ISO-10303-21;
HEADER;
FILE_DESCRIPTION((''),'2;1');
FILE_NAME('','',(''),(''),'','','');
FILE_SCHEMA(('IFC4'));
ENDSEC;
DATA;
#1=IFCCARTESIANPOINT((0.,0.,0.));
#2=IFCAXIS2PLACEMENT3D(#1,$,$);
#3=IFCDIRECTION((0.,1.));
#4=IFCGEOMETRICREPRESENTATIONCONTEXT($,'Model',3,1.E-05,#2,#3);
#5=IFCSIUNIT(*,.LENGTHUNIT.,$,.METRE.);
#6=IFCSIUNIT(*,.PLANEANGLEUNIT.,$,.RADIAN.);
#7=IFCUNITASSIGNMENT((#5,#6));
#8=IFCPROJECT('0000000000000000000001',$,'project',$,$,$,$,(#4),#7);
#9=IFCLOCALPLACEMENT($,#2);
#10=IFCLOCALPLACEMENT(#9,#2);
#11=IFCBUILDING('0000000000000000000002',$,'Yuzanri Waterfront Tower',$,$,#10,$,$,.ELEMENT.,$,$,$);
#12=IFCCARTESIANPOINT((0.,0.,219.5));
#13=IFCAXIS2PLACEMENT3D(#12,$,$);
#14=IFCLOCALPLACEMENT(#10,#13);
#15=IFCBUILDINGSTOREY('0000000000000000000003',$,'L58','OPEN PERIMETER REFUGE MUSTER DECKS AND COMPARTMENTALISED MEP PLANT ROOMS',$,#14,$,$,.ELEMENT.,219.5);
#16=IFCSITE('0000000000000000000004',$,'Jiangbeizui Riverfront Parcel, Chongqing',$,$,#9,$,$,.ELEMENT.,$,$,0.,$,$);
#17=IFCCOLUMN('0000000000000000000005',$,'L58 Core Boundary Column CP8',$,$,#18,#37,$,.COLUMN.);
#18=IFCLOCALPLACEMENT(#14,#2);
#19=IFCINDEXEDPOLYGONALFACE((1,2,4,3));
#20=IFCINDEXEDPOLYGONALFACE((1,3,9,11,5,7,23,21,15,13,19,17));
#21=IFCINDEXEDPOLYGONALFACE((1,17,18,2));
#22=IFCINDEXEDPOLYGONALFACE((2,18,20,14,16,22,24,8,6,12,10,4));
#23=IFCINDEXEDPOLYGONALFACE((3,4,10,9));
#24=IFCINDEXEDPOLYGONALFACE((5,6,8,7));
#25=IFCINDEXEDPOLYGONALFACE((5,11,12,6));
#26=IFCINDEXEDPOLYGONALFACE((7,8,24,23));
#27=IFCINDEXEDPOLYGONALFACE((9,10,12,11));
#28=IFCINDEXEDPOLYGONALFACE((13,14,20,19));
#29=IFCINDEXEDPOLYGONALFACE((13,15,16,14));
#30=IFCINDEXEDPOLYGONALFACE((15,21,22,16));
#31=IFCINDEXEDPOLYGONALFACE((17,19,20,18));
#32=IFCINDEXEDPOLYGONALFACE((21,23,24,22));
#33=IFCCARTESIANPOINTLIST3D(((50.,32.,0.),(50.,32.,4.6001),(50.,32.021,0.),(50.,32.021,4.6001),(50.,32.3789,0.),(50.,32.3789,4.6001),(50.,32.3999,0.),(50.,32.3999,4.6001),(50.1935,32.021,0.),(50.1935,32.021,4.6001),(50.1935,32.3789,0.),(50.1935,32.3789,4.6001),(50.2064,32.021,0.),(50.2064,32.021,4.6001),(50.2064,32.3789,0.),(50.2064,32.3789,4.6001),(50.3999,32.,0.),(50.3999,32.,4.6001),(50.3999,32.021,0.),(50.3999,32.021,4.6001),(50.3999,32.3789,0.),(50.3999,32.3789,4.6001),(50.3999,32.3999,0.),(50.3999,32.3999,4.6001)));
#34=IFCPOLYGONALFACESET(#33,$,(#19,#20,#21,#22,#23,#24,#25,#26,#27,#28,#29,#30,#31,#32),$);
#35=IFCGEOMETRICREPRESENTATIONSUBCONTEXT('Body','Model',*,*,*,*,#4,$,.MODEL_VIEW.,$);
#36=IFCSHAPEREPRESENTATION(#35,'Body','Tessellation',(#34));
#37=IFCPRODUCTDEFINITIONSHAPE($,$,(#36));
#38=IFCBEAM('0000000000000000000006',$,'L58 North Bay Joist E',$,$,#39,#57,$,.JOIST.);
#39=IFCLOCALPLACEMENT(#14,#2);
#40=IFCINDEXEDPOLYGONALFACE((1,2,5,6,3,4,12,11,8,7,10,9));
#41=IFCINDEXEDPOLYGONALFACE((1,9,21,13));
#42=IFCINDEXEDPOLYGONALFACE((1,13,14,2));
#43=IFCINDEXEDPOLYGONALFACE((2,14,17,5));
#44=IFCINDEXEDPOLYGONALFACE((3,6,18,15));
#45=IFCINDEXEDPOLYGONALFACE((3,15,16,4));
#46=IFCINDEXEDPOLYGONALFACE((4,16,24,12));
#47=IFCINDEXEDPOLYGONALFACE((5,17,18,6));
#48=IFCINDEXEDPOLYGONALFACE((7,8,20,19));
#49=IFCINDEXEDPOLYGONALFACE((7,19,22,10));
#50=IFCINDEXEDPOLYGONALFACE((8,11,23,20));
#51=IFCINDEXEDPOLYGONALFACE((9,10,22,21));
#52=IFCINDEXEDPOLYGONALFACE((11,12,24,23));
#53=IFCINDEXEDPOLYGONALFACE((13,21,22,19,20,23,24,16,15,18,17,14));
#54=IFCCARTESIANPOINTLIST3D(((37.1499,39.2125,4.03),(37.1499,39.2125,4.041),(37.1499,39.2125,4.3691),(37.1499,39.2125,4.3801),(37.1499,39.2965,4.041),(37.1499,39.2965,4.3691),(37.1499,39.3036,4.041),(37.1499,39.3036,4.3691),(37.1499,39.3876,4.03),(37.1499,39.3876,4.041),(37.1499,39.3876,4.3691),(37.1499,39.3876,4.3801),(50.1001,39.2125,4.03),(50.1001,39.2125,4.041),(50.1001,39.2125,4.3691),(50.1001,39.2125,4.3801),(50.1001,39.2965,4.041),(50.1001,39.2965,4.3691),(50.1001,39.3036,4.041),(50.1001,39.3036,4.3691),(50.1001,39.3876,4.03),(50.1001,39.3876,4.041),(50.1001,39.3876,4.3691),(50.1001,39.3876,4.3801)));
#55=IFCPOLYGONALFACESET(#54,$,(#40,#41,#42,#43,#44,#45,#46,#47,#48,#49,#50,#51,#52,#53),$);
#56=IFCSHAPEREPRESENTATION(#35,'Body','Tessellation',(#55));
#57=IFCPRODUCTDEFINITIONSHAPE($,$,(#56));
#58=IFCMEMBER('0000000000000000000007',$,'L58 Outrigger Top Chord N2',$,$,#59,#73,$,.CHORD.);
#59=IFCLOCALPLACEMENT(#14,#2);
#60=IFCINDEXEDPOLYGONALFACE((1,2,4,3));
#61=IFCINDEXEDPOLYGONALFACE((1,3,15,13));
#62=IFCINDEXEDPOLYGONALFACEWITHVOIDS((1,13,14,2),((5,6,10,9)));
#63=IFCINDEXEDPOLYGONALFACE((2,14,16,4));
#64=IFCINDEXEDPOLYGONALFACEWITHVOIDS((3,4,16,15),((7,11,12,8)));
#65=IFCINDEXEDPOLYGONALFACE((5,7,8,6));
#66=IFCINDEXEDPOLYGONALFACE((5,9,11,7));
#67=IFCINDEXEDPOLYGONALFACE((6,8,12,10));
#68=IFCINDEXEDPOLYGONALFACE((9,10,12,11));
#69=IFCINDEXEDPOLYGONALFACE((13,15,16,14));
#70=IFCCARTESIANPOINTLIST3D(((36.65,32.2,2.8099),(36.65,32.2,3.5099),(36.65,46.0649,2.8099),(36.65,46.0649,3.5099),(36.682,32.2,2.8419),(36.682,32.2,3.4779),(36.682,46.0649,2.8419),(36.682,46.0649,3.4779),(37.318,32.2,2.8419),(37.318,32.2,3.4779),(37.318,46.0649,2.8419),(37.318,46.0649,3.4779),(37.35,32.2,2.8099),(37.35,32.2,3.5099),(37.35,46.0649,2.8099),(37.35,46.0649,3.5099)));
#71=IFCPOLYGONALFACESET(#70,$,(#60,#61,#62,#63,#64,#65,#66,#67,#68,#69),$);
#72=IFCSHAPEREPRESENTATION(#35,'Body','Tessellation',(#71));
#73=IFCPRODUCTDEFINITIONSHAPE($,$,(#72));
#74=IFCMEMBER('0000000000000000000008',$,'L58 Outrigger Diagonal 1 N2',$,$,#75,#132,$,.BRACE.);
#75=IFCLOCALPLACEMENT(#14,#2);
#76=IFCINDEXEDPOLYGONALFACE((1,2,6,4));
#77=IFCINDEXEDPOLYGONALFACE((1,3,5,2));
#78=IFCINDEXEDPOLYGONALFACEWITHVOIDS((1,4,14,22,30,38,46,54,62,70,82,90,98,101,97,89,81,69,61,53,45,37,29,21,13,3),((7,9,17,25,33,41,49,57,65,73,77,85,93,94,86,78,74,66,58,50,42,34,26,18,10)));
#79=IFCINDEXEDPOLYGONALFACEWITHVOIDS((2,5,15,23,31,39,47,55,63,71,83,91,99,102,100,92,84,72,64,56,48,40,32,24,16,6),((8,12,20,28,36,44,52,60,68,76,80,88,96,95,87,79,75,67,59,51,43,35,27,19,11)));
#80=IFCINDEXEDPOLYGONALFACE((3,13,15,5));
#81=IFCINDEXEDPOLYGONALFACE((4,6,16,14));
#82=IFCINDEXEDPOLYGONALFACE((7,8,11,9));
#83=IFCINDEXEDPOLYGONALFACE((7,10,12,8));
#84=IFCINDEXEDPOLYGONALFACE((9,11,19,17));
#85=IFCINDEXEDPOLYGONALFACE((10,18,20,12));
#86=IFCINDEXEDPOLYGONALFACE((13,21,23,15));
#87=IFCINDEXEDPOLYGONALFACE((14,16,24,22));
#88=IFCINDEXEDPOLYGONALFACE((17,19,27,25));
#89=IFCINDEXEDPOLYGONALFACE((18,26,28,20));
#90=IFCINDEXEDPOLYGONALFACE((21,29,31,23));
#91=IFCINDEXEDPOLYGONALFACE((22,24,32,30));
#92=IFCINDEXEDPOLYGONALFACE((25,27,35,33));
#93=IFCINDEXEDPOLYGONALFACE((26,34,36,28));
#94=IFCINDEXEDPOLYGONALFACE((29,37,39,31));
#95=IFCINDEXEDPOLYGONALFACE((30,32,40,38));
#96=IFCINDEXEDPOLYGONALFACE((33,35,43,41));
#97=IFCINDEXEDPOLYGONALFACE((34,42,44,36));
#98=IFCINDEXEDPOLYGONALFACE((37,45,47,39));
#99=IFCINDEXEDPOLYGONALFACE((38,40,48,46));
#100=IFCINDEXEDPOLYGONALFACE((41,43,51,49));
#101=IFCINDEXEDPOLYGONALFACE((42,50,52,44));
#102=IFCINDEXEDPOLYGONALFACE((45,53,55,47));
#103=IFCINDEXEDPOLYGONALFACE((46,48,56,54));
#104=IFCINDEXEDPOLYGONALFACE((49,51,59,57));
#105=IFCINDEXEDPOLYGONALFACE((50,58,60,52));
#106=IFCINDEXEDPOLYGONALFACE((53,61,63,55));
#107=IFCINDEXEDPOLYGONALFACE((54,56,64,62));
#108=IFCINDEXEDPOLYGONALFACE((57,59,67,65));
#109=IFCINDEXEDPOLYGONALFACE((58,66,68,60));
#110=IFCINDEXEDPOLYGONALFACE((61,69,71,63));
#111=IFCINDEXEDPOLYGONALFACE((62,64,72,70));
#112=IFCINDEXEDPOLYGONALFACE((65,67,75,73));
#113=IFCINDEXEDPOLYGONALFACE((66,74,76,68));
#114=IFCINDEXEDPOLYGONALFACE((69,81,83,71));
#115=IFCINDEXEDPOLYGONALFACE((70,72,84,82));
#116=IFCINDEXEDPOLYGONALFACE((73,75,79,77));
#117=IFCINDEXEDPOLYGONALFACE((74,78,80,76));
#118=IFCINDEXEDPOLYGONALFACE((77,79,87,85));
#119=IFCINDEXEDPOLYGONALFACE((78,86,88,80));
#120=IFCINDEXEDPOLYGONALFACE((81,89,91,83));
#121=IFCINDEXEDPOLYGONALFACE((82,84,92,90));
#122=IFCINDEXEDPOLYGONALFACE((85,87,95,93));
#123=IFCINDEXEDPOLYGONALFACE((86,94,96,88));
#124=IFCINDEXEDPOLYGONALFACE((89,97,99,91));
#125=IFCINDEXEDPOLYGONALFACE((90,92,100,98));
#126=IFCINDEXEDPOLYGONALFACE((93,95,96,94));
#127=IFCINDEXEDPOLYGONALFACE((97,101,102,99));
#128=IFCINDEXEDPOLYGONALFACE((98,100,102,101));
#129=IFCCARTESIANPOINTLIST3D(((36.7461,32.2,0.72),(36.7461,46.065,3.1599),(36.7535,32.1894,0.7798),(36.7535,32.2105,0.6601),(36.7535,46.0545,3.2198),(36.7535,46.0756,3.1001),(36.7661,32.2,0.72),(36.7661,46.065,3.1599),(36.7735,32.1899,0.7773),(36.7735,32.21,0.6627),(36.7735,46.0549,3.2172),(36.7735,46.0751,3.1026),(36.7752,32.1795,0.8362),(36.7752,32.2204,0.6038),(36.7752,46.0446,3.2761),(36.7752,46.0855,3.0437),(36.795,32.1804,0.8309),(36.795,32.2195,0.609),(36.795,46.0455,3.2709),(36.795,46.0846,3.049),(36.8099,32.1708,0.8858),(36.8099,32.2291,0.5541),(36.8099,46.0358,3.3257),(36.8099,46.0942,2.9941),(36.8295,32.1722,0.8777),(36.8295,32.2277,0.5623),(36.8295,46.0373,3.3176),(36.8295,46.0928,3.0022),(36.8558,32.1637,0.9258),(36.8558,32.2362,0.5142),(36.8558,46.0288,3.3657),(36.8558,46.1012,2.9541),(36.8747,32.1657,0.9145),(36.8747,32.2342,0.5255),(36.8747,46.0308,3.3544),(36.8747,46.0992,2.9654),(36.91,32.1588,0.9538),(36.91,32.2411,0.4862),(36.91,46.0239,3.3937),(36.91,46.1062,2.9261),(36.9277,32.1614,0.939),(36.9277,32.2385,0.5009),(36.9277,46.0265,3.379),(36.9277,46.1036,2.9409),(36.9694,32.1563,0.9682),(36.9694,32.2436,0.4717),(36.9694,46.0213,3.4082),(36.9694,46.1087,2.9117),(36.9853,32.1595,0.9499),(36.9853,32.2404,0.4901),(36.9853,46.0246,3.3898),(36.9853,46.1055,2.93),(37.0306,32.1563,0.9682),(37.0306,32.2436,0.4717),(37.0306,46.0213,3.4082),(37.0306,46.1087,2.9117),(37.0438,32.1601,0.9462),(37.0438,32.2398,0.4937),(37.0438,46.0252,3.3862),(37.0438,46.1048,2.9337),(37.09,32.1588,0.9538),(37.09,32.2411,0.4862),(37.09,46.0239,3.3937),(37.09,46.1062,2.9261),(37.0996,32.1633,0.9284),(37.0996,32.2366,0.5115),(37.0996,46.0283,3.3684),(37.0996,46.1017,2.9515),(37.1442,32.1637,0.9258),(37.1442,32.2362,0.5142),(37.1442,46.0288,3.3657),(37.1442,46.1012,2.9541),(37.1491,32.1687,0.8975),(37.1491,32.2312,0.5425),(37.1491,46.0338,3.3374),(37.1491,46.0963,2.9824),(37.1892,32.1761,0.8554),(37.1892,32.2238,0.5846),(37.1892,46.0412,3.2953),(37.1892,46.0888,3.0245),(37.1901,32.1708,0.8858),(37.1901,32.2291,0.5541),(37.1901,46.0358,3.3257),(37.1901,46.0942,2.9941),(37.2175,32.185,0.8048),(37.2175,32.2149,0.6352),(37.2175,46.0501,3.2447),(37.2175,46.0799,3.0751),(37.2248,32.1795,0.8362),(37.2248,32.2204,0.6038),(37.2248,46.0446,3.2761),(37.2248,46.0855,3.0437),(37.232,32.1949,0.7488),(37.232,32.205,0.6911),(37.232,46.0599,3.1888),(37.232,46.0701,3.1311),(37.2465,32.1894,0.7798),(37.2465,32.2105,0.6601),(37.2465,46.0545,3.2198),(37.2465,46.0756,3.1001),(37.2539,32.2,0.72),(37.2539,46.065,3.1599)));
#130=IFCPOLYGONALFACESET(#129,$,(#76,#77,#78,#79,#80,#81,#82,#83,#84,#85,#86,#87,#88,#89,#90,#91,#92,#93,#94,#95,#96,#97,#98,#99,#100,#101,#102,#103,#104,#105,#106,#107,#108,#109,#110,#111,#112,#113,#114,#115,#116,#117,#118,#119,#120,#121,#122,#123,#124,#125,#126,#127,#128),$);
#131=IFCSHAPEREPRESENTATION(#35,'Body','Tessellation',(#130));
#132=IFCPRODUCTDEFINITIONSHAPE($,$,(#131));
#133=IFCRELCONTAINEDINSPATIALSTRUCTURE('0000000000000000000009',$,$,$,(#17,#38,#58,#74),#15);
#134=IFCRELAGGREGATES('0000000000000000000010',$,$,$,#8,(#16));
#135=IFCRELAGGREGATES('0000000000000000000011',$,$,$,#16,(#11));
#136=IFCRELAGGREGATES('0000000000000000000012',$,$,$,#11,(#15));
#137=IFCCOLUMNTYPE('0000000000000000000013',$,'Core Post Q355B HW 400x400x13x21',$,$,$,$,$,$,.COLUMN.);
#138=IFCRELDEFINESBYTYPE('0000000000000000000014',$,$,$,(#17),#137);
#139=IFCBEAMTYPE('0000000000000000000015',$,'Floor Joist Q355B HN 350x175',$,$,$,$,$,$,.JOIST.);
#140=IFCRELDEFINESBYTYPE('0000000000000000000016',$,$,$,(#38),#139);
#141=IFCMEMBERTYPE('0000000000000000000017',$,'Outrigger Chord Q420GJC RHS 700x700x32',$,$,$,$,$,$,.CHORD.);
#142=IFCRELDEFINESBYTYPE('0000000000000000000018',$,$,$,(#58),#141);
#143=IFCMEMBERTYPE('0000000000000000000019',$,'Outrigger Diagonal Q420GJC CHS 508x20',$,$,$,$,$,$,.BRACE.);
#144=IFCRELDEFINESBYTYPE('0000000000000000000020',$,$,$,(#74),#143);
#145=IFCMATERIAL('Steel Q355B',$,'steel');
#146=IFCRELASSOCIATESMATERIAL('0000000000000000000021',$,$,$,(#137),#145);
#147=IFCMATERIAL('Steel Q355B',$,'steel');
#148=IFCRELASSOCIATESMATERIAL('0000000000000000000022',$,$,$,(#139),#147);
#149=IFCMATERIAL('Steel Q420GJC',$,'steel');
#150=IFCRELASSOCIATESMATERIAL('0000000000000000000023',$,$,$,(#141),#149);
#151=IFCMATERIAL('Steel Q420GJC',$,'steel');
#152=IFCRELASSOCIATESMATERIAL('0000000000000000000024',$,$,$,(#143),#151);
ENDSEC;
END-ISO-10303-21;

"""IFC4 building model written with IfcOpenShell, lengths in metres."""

from ifc_helpers import new_model, si_unit, direction, frame, origin, origin_2d, place, context, subcontext, project, spatial, hollow_rectangle, hollow_circle, i_section, extrude, source, transform, mapped, material, material_profile, profile_set, type_object, element, save


model = new_model("IFC4")

# Units and contexts
model_context = context("Model", 3, precision=1e-05, world=origin(), true_north=direction((0.0, 1.0)))
body_context = subcontext(model_context, "Body", "Model", "MODEL_VIEW")
ifc_project = project(units=[si_unit("LENGTHUNIT", "METRE"), si_unit("PLANEANGLEUNIT", "RADIAN")], contexts=[model_context])

# Site, building, storey
site_placement = place(None, origin())
site = spatial("IfcSite", under=ifc_project, at=site_placement, Name="Jiangbeizui Riverfront Parcel, Chongqing", CompositionType="ELEMENT", RefElevation=0.0)
building_placement = place(site_placement, origin())
building = spatial("IfcBuilding", under=site, at=building_placement, Name="Yuzanri Waterfront Tower", CompositionType="ELEMENT")
storey_placement = place(building_placement, frame((0.0, 0.0, 219.5)))
storey = spatial("IfcBuildingStorey", under=building, at=storey_placement, Name="L58", Description="OPEN PERIMETER REFUGE MUSTER DECKS AND COMPARTMENTALISED MEP PLANT ROOMS", CompositionType="ELEMENT", Elevation=219.5)

# Column
ifc_material_1 = material(Name="Steel Q355B", Category="steel")
ifc_material_profile_1 = material_profile(ifc_material_1, i_section(OverallWidth=0.3999, OverallDepth=0.3999, WebThickness=0.0129, FlangeThickness=0.021, at=origin_2d()), Name="HW 400x400x13x21")
ifc_profile_set_1 = profile_set([ifc_material_profile_1], Name="Steel Q355B")
column_type = type_object("IfcColumnType", Name="Core Post Q355B HW 400x400x13x21", PredefinedType="COLUMN", material=ifc_profile_set_1)
shared_shape_1 = source(origin(), body_context, "Body", "SweptSolid", [
    extrude(i_section(OverallWidth=0.3999, OverallDepth=0.3999, WebThickness=0.0129, FlangeThickness=0.021, at=origin_2d()), origin(), (0.0, 0.0, 1.0), 4.6001),
])
column_placement = place(storey_placement, frame((50.2, 32.2, 0.0), z_axis=(0.0, 0.0, 1.0), x_axis=(1.0, 0.0, 0.0)))
element("IfcColumn", 1, at=column_placement, inside=storey, type_object=column_type, Name="L58 Core Boundary Column CP8", PredefinedType="COLUMN", context=body_context, shape_type="MappedRepresentation", body=[
    mapped(shared_shape_1, transform((0.0, 0.0, 0.0), scale=1.0)),
])

# Beam
ifc_material_2 = material(Name="Steel Q355B", Category="steel")
ifc_material_profile_2 = material_profile(ifc_material_2, i_section(OverallWidth=0.175, OverallDepth=0.3501, WebThickness=0.0071, FlangeThickness=0.011, at=origin_2d()), Name="HN 350x175x7x11")
ifc_profile_set_2 = profile_set([ifc_material_profile_2], Name="Steel Q355B")
beam_type = type_object("IfcBeamType", Name="Floor Joist Q355B HN 350x175", PredefinedType="JOIST", material=ifc_profile_set_2)
shared_shape_2 = source(origin(), body_context, "Body", "SweptSolid", [
    extrude(i_section(OverallWidth=0.175, OverallDepth=0.3501, WebThickness=0.0071, FlangeThickness=0.011, at=origin_2d()), origin(), (0.0, 0.0, 1.0), 12.9502),
])
beam_placement = place(storey_placement, frame((37.1499, 39.3, 4.2051), z_axis=(1.0, 0.0, 0.0), x_axis=(0.0, 1.0, 0.0)))
element("IfcBeam", 2, at=beam_placement, inside=storey, type_object=beam_type, Name="L58 North Bay Joist E", PredefinedType="JOIST", context=body_context, shape_type="MappedRepresentation", body=[
    mapped(shared_shape_2, transform((0.0, 0.0, 0.0), scale=1.0)),
])

# Members
ifc_material_3 = material(Name="Steel Q420GJC", Category="steel")
ifc_material_profile_3 = material_profile(ifc_material_3, hollow_rectangle(XDim=0.7, YDim=0.7, WallThickness=0.032, at=origin_2d()), Name="RHS 700x700x32")
ifc_profile_set_3 = profile_set([ifc_material_profile_3], Name="Steel Q420GJC")
member_type_1 = type_object("IfcMemberType", Name="Outrigger Chord Q420GJC RHS 700x700x32", PredefinedType="CHORD", material=ifc_profile_set_3)
shared_shape_3 = source(origin(), body_context, "Body", "SweptSolid", [
    extrude(hollow_rectangle(XDim=0.7, YDim=0.7, WallThickness=0.032, at=origin_2d()), origin(), (0.0, 0.0, 1.0), 13.865),
])
member_placement = place(storey_placement, frame((37.0, 32.2, 3.1599), z_axis=(0.0, 1.0, 0.0), x_axis=(-1.0, 0.0, 0.0)))
element("IfcMember", 3, at=member_placement, inside=storey, type_object=member_type_1, Name="L58 Outrigger Top Chord N2", PredefinedType="CHORD", context=body_context, shape_type="MappedRepresentation", body=[
    mapped(shared_shape_3, transform((0.0, 0.0, 0.0), scale=1.0)),
])
ifc_material_4 = material(Name="Steel Q420GJC", Category="steel")
ifc_material_profile_4 = material_profile(ifc_material_4, hollow_circle(Radius=0.2539, WallThickness=0.02, at=origin_2d()), Name="CHS 508x20")
ifc_profile_set_4 = profile_set([ifc_material_profile_4], Name="Steel Q420GJC")
member_type_2 = type_object("IfcMemberType", Name="Outrigger Diagonal Q420GJC CHS 508x20", PredefinedType="BRACE", material=ifc_profile_set_4)
shared_shape_4 = source(origin(), body_context, "Body", "SweptSolid", [
    extrude(hollow_circle(Radius=0.2539, WallThickness=0.02, at=origin_2d()), origin(), (0.0, 0.0, 1.0), 14.0781),
])
for number, where, z_axis, x_axis, name in (
    (4, (37.0, 32.2, 0.72), (0.0, 0.984866, 0.173315), (-1.0, 0.0, 0.0), "L58 Outrigger Diagonal 1 N2"),
):
    element("IfcMember", number, at=place(storey_placement, frame(where, z_axis=z_axis, x_axis=x_axis)), inside=storey, type_object=member_type_2, Name=name, PredefinedType="BRACE", context=body_context, shape_type="MappedRepresentation", body=[
        mapped(shared_shape_4, transform((0.0, 0.0, 0.0), scale=1.0)),
    ])

save(model, "model.ifc")
